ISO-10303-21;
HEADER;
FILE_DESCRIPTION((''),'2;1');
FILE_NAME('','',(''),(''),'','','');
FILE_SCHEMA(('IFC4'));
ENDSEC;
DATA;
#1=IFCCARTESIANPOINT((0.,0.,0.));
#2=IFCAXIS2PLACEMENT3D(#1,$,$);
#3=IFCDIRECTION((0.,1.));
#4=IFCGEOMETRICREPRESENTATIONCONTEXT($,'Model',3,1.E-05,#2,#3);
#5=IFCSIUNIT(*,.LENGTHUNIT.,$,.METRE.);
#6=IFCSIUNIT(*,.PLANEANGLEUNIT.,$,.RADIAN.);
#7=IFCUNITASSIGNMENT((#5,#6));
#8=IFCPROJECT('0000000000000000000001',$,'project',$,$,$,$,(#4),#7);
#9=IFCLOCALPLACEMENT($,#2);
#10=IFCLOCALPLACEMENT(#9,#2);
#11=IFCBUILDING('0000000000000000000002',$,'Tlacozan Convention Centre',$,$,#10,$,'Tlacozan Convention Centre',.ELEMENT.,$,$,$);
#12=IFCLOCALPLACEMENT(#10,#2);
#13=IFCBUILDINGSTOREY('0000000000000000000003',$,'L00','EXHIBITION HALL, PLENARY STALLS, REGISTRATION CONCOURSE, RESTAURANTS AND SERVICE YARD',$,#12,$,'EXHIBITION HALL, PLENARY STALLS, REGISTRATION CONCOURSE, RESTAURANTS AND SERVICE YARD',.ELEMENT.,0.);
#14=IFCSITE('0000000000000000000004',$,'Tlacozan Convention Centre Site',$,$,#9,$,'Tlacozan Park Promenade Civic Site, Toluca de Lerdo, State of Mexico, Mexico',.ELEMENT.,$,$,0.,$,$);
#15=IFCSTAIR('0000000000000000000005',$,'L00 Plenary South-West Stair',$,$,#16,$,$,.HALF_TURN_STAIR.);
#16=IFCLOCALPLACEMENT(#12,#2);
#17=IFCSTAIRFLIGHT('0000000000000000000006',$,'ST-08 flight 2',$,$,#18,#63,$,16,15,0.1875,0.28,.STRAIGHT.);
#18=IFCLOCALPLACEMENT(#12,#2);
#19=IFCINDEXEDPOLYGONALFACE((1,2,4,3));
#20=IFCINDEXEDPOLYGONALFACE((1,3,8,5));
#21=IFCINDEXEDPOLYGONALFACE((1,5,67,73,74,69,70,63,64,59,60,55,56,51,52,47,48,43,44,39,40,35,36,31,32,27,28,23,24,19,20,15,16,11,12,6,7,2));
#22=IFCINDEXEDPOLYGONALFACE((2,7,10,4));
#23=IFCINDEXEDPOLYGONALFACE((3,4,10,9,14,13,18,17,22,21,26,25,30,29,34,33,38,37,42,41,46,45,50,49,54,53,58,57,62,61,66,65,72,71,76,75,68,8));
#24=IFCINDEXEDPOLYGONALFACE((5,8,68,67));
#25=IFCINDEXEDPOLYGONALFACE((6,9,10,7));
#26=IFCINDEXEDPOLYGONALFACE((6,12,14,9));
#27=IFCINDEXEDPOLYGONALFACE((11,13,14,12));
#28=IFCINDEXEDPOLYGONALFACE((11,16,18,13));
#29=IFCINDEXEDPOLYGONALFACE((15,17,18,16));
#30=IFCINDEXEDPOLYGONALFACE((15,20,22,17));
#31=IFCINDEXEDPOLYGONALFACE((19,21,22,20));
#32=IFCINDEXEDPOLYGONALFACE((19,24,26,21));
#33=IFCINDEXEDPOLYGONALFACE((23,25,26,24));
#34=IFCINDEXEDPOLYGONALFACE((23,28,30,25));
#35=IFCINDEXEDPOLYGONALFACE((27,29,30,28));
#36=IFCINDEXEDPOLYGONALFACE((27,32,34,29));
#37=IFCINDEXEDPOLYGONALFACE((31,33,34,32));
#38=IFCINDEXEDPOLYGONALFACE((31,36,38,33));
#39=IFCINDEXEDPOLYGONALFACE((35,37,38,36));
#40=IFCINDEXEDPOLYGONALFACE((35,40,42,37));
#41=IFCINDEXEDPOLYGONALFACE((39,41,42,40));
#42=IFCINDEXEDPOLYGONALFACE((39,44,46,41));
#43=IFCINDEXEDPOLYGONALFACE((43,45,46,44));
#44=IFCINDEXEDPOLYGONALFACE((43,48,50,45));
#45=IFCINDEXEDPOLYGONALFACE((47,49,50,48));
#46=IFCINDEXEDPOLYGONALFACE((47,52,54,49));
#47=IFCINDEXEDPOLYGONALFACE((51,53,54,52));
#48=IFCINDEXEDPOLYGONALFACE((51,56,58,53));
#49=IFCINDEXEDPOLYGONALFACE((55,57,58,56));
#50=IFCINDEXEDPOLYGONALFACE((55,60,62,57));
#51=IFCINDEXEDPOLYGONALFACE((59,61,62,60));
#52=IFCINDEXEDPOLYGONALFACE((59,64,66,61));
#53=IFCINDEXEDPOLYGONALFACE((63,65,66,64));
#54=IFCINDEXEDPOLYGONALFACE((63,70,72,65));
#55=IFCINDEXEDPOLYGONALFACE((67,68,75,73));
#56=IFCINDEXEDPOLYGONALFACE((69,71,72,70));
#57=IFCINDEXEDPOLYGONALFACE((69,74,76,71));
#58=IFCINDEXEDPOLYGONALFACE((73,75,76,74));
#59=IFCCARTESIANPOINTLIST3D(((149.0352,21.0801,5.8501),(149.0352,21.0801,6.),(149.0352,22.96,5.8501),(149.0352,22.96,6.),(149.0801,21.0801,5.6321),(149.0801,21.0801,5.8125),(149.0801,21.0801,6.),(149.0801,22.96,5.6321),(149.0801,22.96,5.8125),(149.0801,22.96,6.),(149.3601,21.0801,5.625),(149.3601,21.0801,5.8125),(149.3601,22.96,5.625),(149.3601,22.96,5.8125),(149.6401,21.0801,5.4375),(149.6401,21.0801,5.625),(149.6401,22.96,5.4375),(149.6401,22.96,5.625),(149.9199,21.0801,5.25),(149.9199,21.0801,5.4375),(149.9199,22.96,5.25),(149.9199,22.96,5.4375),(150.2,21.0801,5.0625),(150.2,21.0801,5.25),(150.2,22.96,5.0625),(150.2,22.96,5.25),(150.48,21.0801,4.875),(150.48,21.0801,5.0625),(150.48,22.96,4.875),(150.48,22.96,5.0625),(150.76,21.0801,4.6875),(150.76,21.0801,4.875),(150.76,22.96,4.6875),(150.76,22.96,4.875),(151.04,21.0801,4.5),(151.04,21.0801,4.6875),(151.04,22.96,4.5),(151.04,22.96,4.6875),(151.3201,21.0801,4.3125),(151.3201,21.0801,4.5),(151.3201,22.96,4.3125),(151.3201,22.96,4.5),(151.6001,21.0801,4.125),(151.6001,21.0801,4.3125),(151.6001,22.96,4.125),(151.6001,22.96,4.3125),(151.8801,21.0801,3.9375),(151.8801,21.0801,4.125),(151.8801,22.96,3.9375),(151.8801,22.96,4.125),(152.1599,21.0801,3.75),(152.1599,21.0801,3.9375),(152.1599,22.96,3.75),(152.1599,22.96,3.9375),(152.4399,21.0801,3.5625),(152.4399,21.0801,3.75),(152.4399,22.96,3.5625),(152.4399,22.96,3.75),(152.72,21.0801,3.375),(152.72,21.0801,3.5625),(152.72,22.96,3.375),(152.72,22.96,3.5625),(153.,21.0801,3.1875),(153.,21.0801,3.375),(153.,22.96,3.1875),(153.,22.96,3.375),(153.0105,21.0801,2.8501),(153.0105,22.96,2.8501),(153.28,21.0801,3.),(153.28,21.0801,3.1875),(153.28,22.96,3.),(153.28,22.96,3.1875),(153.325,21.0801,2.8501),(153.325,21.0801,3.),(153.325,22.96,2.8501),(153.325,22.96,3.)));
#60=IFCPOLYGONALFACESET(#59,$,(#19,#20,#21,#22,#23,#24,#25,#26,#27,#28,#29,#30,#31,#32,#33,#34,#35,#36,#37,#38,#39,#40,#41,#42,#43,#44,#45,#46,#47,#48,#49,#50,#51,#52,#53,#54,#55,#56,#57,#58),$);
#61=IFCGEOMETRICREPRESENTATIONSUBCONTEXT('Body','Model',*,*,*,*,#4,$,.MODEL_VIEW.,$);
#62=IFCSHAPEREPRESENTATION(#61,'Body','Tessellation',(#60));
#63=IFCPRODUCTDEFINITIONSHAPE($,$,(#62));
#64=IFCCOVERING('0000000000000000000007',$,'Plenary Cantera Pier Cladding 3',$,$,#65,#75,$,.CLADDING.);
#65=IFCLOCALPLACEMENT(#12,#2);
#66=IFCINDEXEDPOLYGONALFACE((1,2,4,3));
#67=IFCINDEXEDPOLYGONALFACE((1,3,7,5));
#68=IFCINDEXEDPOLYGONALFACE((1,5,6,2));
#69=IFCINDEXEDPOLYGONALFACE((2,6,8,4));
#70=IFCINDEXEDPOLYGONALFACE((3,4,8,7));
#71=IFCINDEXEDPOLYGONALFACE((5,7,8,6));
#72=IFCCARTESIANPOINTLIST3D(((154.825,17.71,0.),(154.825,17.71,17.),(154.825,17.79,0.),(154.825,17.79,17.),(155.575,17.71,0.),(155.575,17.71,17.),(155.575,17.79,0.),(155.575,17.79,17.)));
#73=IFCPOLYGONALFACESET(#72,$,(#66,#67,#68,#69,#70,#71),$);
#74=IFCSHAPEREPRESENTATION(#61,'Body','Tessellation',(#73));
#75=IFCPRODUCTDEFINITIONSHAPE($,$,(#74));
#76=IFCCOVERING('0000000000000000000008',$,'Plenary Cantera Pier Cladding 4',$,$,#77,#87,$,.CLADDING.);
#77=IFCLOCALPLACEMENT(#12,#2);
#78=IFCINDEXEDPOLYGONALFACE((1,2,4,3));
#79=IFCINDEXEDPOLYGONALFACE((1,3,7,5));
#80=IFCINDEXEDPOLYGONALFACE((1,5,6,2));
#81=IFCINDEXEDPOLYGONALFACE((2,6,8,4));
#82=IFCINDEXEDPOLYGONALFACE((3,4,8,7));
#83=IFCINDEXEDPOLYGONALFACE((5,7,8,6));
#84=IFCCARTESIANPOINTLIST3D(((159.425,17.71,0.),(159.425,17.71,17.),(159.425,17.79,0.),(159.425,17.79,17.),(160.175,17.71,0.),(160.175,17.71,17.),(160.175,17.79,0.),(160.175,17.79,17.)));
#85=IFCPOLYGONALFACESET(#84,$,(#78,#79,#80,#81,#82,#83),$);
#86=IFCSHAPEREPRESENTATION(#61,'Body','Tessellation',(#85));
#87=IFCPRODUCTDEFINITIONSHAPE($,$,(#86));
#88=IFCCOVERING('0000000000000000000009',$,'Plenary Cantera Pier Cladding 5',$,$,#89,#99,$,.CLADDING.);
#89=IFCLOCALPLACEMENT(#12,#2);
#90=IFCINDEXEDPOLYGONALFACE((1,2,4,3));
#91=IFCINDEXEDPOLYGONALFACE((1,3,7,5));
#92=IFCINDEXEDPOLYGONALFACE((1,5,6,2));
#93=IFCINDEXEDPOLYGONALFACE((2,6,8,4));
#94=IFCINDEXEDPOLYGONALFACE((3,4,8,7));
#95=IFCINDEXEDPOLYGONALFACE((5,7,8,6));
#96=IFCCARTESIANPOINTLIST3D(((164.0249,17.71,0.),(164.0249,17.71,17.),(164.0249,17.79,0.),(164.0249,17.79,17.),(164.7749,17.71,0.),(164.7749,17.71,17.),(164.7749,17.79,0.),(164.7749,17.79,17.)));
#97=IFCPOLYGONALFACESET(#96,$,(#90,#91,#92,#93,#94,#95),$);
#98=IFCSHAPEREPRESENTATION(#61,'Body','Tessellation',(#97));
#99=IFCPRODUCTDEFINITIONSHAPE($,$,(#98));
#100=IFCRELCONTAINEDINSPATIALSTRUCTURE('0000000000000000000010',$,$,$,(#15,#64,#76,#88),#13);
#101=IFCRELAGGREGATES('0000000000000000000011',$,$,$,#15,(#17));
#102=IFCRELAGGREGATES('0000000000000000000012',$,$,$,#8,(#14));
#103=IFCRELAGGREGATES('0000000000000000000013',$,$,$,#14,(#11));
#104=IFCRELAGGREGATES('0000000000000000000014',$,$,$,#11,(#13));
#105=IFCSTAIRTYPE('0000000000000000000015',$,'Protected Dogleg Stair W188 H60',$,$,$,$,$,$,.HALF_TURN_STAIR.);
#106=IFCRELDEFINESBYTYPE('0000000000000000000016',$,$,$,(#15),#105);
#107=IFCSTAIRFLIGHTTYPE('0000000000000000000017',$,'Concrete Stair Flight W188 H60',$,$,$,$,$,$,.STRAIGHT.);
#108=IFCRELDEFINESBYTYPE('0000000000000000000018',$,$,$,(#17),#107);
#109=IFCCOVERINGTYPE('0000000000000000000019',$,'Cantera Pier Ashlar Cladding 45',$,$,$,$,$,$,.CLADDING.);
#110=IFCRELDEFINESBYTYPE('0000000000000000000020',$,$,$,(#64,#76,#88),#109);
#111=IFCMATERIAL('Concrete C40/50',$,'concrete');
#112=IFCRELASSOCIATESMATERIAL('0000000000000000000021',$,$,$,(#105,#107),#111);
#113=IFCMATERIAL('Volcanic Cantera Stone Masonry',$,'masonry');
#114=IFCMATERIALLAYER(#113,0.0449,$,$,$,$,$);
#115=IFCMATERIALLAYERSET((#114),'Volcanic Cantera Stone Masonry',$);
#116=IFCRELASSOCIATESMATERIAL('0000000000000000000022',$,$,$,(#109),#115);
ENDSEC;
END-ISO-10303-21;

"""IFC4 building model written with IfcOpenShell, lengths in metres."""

from ifc_helpers import new_model, si_unit, direction, frame, origin, origin_2d, place, context, subcontext, project, spatial, polyline, rectangle, outline, extrude, material, layer, layer_set, type_object, element, aggregate, save


model = new_model("IFC4")

# Units and contexts
model_context = context("Model", 3, precision=1e-05, world=origin(), true_north=direction((0.0, 1.0)))
body_context = subcontext(model_context, "Body", "Model", "MODEL_VIEW")
ifc_project = project(units=[si_unit("LENGTHUNIT", "METRE"), si_unit("PLANEANGLEUNIT", "RADIAN")], contexts=[model_context])

# Site, building, storey
site_placement = place(None, origin())
site = spatial("IfcSite", under=ifc_project, at=site_placement, Name="Tlacozan Convention Centre Site", LongName="Tlacozan Park Promenade Civic Site, Toluca de Lerdo, State of Mexico, Mexico", CompositionType="ELEMENT", RefElevation=0.0)
building_placement = place(site_placement, origin())
building = spatial("IfcBuilding", under=site, at=building_placement, Name="Tlacozan Convention Centre", LongName="Tlacozan Convention Centre", CompositionType="ELEMENT")
storey_placement = place(building_placement, origin())
storey = spatial("IfcBuildingStorey", under=building, at=storey_placement, Name="L00", Description="EXHIBITION HALL, PLENARY STALLS, REGISTRATION CONCOURSE, RESTAURANTS AND SERVICE YARD", LongName="EXHIBITION HALL, PLENARY STALLS, REGISTRATION CONCOURSE, RESTAURANTS AND SERVICE YARD", CompositionType="ELEMENT", Elevation=0.0)

# Shared definitions
ifc_material_1 = material(Name="Concrete C40/50", Category="concrete")

# Stair, stair flight
stair_type = type_object("IfcStairType", Name="Protected Dogleg Stair W188 H60", PredefinedType="HALF_TURN_STAIR", material=ifc_material_1)
stair_placement = place(storey_placement, origin())
stair = element("IfcStair", 1, at=stair_placement, inside=storey, type_object=stair_type, Name="L00 Plenary South-West Stair", PredefinedType="HALF_TURN_STAIR")
stair_flight_type = type_object("IfcStairFlightType", Name="Concrete Stair Flight W188 H60", PredefinedType="STRAIGHT", material=ifc_material_1)
stair_flight_placement = place(storey_placement, frame((153.28, 22.02, 3.0), z_axis=(0.0, 0.0, 1.0), x_axis=(-1.0, 0.0, 0.0)))
stair_flight = element("IfcStairFlight", 2, at=stair_flight_placement, type_object=stair_flight_type, Name="ST-08 flight 2", NumberOfRisers=16, NumberOfTreads=15, PredefinedType="STRAIGHT", RiserHeight=0.1875, TreadLength=0.28, context=body_context, shape_type="SweptSolid", body=[
    extrude(outline(polyline([(-0.0449, -0.1499), (-0.0449, 0.0), (0.0, 0.0), (0.0, 0.1875), (0.28, 0.1875), (0.28, 0.375), (0.5601, 0.375), (0.5601, 0.5625), (0.8401, 0.5625), (0.8401, 0.75), (1.1201, 0.75), (1.1201, 0.9375), (1.3999, 0.9375), (1.3999, 1.125), (1.6799, 1.125), (1.6799, 1.3125), (1.96, 1.3125), (1.96, 1.5), (2.24, 1.5), (2.24, 1.6875), (2.52, 1.6875), (2.52, 1.875), (2.8, 1.875), (2.8, 2.0625), (3.0801, 2.0625), (3.0801, 2.25), (3.3601, 2.25), (3.3601, 2.4375), (3.6399, 2.4375), (3.6399, 2.625), (3.9199, 2.625), (3.9199, 2.8125), (4.2, 2.8125), (4.2, 3.0), (4.2449, 3.0), (4.2449, 2.8501), (4.2, 2.6321), (0.2695, -0.1499), (-0.0449, -0.1499)])), frame((0.0, 0.9399, 0.0), z_axis=(0.0, -1.0, 0.0), x_axis=(1.0, 0.0, 0.0)), (0.0, 0.0, 1.0), 1.8799),
])
aggregate(stair, [stair_flight])

# Coverings
ifc_material_2 = material(Name="Volcanic Cantera Stone Masonry", Category="masonry")
ifc_layer_1 = layer(ifc_material_2, 0.0449)
ifc_layer_set_1 = layer_set([ifc_layer_1], Name="Volcanic Cantera Stone Masonry")
covering_type = type_object("IfcCoveringType", Name="Cantera Pier Ashlar Cladding 45", PredefinedType="CLADDING", material=ifc_layer_set_1)
for number, where, z_axis, x_axis, name in (
    (3, (155.2, 17.75, 0.0), (0.0, 0.0, 1.0), (1.0, 0.0, 0.0), "Plenary Cantera Pier Cladding 3"),
    (4, (159.8, 17.75, 0.0), (0.0, 0.0, 1.0), (1.0, 0.0, 0.0), "Plenary Cantera Pier Cladding 4"),
    (5, (164.3999, 17.75, 0.0), (0.0, 0.0, 1.0), (1.0, 0.0, 0.0), "Plenary Cantera Pier Cladding 5"),
):
    element("IfcCovering", number, at=place(storey_placement, frame(where, z_axis=z_axis, x_axis=x_axis)), inside=storey, type_object=covering_type, Name=name, PredefinedType="CLADDING", context=body_context, shape_type="SweptSolid", body=[
        extrude(rectangle(XDim=0.75, YDim=0.0801, at=origin_2d()), origin(), (0.0, 0.0, 1.0), 17.0),
    ])

save(model, "model.ifc")
